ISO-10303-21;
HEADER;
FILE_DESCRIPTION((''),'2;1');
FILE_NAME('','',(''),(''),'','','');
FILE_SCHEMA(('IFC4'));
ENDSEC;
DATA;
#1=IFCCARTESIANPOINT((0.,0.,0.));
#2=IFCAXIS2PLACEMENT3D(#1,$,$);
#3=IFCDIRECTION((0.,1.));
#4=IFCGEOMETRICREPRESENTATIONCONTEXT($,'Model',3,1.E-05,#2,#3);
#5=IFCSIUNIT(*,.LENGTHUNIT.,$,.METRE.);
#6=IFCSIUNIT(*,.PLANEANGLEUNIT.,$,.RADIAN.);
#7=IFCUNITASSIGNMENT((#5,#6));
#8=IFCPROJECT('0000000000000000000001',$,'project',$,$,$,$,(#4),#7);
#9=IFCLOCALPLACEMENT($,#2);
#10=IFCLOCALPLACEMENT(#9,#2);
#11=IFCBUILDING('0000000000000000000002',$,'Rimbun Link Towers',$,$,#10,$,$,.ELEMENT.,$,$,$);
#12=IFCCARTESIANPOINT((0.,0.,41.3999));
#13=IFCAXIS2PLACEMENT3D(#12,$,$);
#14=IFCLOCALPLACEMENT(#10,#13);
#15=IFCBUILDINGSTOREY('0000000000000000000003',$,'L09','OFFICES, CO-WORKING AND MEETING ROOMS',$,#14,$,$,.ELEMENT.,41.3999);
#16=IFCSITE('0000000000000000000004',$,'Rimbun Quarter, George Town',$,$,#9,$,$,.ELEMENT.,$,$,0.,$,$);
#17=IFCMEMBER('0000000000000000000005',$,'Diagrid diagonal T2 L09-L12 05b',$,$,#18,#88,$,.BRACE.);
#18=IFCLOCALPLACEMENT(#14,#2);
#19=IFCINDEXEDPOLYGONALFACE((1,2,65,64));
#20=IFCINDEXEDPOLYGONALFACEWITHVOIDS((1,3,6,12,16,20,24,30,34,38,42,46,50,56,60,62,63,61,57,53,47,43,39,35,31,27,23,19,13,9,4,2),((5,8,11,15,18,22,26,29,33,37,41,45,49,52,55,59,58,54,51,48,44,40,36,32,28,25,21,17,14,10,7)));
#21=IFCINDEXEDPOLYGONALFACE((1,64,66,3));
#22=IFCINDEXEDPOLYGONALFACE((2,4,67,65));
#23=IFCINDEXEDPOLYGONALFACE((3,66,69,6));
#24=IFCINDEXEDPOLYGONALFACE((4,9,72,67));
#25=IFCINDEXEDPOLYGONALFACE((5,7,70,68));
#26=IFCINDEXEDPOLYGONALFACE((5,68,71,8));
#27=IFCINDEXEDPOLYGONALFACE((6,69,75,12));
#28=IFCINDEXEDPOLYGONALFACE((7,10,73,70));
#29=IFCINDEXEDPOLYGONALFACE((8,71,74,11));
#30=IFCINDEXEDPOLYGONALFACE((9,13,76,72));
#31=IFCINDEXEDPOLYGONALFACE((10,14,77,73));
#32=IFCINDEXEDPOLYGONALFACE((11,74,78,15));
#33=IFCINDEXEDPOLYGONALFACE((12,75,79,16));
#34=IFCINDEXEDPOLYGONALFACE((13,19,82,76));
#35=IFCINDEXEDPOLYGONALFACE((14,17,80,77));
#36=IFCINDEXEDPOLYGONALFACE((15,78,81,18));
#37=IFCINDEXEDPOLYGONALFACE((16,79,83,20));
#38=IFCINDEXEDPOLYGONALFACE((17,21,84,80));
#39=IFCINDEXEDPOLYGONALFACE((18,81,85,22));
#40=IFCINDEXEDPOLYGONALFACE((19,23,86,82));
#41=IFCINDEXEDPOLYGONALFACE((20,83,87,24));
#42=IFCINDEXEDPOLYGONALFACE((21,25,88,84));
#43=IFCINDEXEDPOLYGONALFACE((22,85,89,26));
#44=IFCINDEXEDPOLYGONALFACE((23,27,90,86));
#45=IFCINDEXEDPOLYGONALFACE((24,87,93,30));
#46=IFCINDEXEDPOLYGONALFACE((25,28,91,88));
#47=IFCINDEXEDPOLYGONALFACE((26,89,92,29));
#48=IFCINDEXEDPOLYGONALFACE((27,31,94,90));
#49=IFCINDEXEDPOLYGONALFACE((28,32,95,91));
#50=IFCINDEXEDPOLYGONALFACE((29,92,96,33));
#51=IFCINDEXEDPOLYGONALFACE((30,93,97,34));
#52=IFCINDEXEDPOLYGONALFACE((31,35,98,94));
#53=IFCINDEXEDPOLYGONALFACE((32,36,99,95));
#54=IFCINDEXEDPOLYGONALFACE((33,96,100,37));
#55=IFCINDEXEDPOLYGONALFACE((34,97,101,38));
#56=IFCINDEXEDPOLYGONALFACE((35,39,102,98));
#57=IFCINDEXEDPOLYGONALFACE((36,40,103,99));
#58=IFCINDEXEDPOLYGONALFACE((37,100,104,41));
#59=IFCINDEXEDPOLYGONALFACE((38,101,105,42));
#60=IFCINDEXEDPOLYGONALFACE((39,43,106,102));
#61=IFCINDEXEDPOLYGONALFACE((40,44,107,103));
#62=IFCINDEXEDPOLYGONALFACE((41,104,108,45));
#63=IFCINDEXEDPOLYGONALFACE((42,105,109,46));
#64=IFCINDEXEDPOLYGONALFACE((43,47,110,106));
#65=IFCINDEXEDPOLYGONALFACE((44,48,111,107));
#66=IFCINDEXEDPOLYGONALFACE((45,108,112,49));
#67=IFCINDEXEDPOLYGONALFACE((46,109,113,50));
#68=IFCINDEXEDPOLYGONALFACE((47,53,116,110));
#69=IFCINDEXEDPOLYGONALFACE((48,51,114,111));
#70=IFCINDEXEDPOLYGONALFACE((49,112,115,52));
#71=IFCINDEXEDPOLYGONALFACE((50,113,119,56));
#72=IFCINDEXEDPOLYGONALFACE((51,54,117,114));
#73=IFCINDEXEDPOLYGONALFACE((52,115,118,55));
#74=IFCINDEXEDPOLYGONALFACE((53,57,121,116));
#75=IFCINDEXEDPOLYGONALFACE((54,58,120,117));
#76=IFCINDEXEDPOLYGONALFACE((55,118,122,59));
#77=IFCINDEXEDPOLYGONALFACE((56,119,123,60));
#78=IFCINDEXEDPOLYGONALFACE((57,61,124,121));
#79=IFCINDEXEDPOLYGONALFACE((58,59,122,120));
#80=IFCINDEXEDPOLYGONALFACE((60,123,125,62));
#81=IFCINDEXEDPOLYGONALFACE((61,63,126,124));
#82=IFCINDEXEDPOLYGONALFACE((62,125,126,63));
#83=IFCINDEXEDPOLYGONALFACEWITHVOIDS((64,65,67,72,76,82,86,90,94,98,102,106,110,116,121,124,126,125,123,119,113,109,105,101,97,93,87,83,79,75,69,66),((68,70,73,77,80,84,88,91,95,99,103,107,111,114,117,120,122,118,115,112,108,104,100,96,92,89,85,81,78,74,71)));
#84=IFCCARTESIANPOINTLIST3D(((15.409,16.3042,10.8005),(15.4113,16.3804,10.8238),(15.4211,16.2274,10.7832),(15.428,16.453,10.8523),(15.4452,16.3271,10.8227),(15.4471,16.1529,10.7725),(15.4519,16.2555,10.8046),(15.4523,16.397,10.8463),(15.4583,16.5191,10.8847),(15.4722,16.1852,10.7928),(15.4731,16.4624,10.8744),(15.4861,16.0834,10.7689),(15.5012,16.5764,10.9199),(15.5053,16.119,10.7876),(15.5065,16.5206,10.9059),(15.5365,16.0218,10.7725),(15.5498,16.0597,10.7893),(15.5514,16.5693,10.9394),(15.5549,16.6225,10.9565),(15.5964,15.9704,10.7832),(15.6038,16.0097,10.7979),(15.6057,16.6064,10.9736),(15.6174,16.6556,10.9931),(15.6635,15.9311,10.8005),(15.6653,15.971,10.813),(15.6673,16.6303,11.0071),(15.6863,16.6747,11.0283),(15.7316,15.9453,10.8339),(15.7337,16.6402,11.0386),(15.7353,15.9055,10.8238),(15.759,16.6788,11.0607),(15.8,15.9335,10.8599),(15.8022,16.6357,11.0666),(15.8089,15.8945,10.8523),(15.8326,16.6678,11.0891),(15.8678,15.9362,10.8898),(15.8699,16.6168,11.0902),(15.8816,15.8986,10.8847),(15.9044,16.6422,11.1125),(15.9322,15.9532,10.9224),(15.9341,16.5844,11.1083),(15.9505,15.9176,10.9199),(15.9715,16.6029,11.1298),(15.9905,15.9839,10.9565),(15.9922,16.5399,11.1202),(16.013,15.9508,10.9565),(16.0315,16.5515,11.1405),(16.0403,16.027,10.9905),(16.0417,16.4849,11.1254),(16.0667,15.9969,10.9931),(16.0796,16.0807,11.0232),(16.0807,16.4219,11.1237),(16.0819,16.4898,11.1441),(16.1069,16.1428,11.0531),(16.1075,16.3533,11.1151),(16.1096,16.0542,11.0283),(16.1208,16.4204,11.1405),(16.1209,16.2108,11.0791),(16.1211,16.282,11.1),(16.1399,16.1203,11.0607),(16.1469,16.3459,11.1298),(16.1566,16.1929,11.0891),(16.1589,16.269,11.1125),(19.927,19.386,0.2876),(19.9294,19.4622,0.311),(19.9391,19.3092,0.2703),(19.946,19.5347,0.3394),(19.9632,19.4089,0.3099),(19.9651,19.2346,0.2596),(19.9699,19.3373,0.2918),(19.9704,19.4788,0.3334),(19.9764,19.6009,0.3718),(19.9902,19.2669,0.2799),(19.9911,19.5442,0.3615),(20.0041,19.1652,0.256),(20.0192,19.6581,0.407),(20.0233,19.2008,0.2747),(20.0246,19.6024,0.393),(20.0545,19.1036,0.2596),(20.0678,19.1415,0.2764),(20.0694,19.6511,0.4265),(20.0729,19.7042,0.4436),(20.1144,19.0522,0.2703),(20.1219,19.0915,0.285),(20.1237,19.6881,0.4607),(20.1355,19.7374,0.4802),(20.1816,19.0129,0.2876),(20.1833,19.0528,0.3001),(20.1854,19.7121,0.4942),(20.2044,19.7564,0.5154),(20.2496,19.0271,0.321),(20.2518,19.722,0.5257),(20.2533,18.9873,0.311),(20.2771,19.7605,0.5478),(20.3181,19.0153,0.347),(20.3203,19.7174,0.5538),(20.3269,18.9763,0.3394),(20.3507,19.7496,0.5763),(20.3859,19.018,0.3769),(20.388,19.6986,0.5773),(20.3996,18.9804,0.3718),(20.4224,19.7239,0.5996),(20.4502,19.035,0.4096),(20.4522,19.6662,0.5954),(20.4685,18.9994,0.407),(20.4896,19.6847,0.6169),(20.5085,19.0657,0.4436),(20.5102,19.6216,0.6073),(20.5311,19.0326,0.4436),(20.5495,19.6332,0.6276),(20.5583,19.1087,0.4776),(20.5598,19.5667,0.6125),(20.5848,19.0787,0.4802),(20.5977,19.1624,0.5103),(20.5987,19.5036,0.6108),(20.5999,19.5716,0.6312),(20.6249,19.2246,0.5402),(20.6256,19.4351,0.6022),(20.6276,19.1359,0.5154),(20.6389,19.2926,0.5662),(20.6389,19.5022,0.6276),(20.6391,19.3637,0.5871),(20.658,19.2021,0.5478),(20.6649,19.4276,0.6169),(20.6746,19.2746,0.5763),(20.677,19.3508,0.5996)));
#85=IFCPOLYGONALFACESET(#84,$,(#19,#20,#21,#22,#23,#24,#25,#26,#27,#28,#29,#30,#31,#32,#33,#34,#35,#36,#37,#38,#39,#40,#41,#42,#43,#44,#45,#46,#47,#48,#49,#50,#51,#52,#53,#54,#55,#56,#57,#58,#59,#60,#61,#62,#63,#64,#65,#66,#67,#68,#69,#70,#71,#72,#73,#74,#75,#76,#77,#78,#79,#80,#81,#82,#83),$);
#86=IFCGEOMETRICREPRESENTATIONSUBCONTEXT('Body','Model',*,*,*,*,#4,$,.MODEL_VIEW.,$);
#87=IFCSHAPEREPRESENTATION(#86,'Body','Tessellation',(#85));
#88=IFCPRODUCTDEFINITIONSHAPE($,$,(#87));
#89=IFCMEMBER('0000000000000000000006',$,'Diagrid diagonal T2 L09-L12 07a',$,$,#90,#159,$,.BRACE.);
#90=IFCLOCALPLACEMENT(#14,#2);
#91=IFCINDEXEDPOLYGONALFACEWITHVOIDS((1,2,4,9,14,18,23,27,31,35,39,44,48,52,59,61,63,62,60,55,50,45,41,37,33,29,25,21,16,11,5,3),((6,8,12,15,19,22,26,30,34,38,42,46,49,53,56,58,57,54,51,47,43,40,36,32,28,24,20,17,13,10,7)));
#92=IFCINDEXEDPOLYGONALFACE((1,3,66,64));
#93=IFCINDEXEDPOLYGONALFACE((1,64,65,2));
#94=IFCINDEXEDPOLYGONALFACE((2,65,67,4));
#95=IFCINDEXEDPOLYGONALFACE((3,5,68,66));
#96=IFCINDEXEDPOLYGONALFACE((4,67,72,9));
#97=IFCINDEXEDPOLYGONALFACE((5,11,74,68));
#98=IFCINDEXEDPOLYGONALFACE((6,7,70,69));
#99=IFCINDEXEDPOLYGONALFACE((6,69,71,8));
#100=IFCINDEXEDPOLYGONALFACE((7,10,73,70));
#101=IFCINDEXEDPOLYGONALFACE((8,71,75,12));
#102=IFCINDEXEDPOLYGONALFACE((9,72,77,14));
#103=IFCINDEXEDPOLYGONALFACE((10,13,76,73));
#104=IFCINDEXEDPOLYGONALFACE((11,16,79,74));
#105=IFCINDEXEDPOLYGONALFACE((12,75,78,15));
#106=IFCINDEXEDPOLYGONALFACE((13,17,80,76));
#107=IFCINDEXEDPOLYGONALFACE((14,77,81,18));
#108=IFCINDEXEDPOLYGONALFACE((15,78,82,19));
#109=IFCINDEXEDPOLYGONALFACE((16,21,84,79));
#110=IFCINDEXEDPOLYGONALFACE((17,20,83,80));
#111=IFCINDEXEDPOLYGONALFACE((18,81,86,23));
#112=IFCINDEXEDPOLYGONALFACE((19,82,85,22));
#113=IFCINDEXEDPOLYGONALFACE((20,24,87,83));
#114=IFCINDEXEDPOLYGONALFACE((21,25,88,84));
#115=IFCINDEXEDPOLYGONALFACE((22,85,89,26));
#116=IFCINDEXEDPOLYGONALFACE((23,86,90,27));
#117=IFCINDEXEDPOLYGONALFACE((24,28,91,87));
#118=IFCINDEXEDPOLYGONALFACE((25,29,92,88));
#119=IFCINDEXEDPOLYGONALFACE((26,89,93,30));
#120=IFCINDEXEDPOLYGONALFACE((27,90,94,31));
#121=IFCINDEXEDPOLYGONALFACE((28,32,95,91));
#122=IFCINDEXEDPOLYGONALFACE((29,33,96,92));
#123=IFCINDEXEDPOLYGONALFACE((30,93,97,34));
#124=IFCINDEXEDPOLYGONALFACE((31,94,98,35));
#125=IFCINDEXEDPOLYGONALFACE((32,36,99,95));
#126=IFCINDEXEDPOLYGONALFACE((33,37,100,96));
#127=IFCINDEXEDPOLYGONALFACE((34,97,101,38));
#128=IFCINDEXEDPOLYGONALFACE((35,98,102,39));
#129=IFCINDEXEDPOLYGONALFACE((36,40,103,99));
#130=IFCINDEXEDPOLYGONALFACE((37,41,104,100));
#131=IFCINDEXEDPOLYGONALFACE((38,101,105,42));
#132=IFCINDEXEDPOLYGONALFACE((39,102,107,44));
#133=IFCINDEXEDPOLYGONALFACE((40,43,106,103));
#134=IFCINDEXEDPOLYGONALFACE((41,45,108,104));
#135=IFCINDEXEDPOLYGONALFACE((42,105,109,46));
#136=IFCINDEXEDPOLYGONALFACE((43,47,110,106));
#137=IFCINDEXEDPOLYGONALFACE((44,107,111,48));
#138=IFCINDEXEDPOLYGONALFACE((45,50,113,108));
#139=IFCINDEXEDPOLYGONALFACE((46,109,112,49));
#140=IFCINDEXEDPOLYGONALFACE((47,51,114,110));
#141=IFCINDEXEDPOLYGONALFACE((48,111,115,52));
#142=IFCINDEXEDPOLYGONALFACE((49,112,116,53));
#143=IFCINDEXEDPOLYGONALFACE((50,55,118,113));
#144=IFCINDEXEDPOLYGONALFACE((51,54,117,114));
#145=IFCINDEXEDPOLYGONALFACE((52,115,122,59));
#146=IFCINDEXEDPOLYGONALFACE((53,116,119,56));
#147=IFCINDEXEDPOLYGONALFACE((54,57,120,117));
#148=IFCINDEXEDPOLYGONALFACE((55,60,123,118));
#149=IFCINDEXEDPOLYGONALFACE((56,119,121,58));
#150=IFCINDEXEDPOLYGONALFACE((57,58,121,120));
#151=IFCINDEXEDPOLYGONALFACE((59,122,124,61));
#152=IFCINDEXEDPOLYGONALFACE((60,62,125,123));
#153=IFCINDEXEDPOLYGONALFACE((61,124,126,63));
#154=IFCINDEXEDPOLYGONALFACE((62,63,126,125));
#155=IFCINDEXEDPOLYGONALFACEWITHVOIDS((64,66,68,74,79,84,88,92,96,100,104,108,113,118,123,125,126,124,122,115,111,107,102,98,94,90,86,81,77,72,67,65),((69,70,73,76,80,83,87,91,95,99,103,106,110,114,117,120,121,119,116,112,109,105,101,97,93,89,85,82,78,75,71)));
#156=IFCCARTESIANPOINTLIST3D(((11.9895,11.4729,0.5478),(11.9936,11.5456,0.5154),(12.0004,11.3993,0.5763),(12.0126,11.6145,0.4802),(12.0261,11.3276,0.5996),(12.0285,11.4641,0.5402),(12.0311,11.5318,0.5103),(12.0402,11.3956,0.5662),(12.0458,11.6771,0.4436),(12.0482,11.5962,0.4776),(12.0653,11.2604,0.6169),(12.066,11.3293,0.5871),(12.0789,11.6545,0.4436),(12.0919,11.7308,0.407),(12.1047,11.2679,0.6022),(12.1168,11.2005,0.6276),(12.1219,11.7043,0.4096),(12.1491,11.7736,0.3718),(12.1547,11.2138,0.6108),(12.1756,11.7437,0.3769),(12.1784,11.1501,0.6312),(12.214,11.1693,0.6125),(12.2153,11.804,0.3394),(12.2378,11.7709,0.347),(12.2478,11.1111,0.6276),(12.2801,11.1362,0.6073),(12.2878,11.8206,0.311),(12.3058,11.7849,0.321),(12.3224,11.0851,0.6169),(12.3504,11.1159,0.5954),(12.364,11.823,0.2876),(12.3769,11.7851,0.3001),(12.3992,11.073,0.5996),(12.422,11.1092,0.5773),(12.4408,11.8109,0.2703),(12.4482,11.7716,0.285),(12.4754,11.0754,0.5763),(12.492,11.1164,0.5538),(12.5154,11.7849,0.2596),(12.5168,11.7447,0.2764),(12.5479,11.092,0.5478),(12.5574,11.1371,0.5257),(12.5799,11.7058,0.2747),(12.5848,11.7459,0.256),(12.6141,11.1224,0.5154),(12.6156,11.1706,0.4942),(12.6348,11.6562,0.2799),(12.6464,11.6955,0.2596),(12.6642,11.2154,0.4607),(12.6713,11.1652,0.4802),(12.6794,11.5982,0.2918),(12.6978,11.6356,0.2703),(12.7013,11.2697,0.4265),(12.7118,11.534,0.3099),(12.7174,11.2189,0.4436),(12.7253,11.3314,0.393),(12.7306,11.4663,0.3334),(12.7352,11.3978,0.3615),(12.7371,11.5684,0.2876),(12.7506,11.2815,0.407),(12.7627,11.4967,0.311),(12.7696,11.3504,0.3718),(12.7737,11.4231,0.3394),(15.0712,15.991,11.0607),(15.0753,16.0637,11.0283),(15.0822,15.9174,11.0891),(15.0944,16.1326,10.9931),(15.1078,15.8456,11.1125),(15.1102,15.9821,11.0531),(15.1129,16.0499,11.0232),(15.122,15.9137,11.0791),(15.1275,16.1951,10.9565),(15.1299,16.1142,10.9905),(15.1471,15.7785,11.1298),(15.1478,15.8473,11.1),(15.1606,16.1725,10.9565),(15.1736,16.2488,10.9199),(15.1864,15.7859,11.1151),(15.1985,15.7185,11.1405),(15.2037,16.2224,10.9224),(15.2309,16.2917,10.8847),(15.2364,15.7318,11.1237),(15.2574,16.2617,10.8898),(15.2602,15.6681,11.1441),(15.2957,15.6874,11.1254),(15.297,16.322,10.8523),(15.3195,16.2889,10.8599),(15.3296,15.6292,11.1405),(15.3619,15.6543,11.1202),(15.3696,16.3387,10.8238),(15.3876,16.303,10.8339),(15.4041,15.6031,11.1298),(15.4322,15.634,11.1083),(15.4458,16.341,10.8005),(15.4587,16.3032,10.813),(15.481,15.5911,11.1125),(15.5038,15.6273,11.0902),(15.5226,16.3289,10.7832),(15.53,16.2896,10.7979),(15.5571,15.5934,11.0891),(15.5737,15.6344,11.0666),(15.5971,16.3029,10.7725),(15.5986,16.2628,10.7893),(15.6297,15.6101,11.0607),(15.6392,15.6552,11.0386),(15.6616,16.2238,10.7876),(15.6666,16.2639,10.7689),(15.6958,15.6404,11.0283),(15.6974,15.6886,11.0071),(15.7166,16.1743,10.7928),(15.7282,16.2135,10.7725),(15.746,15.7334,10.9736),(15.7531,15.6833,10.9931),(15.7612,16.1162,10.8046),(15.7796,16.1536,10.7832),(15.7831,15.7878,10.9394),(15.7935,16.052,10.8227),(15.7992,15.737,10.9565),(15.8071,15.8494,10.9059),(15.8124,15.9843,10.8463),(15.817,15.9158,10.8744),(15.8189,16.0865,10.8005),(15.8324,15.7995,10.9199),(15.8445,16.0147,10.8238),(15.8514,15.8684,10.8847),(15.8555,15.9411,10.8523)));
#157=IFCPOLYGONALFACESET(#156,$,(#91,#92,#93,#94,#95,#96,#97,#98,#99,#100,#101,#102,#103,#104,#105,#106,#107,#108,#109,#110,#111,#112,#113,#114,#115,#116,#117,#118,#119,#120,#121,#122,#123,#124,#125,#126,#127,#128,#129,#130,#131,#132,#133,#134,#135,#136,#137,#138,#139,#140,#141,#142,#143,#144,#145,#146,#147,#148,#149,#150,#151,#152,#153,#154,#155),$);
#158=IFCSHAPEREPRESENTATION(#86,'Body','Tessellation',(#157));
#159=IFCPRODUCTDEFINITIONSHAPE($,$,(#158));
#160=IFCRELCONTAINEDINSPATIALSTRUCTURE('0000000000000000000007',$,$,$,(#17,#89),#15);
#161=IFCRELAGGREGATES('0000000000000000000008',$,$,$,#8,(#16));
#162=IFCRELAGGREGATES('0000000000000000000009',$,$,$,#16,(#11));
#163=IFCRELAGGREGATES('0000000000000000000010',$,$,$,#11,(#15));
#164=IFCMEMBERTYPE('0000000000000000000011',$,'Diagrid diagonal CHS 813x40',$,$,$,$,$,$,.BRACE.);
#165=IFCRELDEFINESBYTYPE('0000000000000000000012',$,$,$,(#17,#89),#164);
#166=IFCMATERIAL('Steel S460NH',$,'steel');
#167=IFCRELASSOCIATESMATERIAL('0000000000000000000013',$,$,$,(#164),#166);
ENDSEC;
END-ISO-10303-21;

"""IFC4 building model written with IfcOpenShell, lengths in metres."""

from ifc_helpers import new_model, si_unit, direction, frame, origin, origin_2d, place, context, subcontext, project, spatial, hollow_circle, extrude, material, material_profile, profile_set, type_object, element, save


model = new_model("IFC4")

# Units and contexts
model_context = context("Model", 3, precision=1e-05, world=origin(), true_north=direction((0.0, 1.0)))
body_context = subcontext(model_context, "Body", "Model", "MODEL_VIEW")
ifc_project = project(units=[si_unit("LENGTHUNIT", "METRE"), si_unit("PLANEANGLEUNIT", "RADIAN")], contexts=[model_context])

# Site, building, storey
site_placement = place(None, origin())
site = spatial("IfcSite", under=ifc_project, at=site_placement, Name="Rimbun Quarter, George Town", CompositionType="ELEMENT", RefElevation=0.0)
building_placement = place(site_placement, origin())
building = spatial("IfcBuilding", under=site, at=building_placement, Name="Rimbun Link Towers", CompositionType="ELEMENT")
storey_placement = place(building_placement, frame((0.0, 0.0, 41.3999)))
storey = spatial("IfcBuildingStorey", under=building, at=storey_placement, Name="L09", Description="OFFICES, CO-WORKING AND MEETING ROOMS", CompositionType="ELEMENT", Elevation=41.3999)

# Members
ifc_material_1 = material(Name="Steel S460NH", Category="steel")
ifc_material_profile_1 = material_profile(ifc_material_1, hollow_circle(Radius=0.4065, WallThickness=0.04, at=origin_2d()), Name="Diagrid diagonal CHS 813x40")
ifc_profile_set_1 = profile_set([ifc_material_profile_1], Name="Steel S460NH")
member_type_1 = type_object("IfcMemberType", Name="Diagrid diagonal CHS 813x40", PredefinedType="BRACE", material=ifc_profile_set_1)
for number, where, z_axis, x_axis, name in (
    (1, (20.302, 19.3684, 0.4436), (-0.381258, -0.260057, 0.887137), (0.563497, -0.826118, 0.0), "Diagrid diagonal T2 L09-L12 05b"),
    (2, (12.3816, 11.448, 0.4436), (0.260057, 0.381258, 0.887137), (-0.826118, 0.563497, 0.0), "Diagrid diagonal T2 L09-L12 07a"),
):
    element("IfcMember", number, at=place(storey_placement, frame(where, z_axis=z_axis, x_axis=x_axis)), inside=storey, type_object=member_type_1, Name=name, PredefinedType="BRACE", context=body_context, shape_type="SweptSolid", body=[
        extrude(hollow_circle(Radius=0.4065, WallThickness=0.04, at=origin_2d()), origin(), (0.0, 0.0, 1.0), 11.8503),
    ])

save(model, "model.ifc")
